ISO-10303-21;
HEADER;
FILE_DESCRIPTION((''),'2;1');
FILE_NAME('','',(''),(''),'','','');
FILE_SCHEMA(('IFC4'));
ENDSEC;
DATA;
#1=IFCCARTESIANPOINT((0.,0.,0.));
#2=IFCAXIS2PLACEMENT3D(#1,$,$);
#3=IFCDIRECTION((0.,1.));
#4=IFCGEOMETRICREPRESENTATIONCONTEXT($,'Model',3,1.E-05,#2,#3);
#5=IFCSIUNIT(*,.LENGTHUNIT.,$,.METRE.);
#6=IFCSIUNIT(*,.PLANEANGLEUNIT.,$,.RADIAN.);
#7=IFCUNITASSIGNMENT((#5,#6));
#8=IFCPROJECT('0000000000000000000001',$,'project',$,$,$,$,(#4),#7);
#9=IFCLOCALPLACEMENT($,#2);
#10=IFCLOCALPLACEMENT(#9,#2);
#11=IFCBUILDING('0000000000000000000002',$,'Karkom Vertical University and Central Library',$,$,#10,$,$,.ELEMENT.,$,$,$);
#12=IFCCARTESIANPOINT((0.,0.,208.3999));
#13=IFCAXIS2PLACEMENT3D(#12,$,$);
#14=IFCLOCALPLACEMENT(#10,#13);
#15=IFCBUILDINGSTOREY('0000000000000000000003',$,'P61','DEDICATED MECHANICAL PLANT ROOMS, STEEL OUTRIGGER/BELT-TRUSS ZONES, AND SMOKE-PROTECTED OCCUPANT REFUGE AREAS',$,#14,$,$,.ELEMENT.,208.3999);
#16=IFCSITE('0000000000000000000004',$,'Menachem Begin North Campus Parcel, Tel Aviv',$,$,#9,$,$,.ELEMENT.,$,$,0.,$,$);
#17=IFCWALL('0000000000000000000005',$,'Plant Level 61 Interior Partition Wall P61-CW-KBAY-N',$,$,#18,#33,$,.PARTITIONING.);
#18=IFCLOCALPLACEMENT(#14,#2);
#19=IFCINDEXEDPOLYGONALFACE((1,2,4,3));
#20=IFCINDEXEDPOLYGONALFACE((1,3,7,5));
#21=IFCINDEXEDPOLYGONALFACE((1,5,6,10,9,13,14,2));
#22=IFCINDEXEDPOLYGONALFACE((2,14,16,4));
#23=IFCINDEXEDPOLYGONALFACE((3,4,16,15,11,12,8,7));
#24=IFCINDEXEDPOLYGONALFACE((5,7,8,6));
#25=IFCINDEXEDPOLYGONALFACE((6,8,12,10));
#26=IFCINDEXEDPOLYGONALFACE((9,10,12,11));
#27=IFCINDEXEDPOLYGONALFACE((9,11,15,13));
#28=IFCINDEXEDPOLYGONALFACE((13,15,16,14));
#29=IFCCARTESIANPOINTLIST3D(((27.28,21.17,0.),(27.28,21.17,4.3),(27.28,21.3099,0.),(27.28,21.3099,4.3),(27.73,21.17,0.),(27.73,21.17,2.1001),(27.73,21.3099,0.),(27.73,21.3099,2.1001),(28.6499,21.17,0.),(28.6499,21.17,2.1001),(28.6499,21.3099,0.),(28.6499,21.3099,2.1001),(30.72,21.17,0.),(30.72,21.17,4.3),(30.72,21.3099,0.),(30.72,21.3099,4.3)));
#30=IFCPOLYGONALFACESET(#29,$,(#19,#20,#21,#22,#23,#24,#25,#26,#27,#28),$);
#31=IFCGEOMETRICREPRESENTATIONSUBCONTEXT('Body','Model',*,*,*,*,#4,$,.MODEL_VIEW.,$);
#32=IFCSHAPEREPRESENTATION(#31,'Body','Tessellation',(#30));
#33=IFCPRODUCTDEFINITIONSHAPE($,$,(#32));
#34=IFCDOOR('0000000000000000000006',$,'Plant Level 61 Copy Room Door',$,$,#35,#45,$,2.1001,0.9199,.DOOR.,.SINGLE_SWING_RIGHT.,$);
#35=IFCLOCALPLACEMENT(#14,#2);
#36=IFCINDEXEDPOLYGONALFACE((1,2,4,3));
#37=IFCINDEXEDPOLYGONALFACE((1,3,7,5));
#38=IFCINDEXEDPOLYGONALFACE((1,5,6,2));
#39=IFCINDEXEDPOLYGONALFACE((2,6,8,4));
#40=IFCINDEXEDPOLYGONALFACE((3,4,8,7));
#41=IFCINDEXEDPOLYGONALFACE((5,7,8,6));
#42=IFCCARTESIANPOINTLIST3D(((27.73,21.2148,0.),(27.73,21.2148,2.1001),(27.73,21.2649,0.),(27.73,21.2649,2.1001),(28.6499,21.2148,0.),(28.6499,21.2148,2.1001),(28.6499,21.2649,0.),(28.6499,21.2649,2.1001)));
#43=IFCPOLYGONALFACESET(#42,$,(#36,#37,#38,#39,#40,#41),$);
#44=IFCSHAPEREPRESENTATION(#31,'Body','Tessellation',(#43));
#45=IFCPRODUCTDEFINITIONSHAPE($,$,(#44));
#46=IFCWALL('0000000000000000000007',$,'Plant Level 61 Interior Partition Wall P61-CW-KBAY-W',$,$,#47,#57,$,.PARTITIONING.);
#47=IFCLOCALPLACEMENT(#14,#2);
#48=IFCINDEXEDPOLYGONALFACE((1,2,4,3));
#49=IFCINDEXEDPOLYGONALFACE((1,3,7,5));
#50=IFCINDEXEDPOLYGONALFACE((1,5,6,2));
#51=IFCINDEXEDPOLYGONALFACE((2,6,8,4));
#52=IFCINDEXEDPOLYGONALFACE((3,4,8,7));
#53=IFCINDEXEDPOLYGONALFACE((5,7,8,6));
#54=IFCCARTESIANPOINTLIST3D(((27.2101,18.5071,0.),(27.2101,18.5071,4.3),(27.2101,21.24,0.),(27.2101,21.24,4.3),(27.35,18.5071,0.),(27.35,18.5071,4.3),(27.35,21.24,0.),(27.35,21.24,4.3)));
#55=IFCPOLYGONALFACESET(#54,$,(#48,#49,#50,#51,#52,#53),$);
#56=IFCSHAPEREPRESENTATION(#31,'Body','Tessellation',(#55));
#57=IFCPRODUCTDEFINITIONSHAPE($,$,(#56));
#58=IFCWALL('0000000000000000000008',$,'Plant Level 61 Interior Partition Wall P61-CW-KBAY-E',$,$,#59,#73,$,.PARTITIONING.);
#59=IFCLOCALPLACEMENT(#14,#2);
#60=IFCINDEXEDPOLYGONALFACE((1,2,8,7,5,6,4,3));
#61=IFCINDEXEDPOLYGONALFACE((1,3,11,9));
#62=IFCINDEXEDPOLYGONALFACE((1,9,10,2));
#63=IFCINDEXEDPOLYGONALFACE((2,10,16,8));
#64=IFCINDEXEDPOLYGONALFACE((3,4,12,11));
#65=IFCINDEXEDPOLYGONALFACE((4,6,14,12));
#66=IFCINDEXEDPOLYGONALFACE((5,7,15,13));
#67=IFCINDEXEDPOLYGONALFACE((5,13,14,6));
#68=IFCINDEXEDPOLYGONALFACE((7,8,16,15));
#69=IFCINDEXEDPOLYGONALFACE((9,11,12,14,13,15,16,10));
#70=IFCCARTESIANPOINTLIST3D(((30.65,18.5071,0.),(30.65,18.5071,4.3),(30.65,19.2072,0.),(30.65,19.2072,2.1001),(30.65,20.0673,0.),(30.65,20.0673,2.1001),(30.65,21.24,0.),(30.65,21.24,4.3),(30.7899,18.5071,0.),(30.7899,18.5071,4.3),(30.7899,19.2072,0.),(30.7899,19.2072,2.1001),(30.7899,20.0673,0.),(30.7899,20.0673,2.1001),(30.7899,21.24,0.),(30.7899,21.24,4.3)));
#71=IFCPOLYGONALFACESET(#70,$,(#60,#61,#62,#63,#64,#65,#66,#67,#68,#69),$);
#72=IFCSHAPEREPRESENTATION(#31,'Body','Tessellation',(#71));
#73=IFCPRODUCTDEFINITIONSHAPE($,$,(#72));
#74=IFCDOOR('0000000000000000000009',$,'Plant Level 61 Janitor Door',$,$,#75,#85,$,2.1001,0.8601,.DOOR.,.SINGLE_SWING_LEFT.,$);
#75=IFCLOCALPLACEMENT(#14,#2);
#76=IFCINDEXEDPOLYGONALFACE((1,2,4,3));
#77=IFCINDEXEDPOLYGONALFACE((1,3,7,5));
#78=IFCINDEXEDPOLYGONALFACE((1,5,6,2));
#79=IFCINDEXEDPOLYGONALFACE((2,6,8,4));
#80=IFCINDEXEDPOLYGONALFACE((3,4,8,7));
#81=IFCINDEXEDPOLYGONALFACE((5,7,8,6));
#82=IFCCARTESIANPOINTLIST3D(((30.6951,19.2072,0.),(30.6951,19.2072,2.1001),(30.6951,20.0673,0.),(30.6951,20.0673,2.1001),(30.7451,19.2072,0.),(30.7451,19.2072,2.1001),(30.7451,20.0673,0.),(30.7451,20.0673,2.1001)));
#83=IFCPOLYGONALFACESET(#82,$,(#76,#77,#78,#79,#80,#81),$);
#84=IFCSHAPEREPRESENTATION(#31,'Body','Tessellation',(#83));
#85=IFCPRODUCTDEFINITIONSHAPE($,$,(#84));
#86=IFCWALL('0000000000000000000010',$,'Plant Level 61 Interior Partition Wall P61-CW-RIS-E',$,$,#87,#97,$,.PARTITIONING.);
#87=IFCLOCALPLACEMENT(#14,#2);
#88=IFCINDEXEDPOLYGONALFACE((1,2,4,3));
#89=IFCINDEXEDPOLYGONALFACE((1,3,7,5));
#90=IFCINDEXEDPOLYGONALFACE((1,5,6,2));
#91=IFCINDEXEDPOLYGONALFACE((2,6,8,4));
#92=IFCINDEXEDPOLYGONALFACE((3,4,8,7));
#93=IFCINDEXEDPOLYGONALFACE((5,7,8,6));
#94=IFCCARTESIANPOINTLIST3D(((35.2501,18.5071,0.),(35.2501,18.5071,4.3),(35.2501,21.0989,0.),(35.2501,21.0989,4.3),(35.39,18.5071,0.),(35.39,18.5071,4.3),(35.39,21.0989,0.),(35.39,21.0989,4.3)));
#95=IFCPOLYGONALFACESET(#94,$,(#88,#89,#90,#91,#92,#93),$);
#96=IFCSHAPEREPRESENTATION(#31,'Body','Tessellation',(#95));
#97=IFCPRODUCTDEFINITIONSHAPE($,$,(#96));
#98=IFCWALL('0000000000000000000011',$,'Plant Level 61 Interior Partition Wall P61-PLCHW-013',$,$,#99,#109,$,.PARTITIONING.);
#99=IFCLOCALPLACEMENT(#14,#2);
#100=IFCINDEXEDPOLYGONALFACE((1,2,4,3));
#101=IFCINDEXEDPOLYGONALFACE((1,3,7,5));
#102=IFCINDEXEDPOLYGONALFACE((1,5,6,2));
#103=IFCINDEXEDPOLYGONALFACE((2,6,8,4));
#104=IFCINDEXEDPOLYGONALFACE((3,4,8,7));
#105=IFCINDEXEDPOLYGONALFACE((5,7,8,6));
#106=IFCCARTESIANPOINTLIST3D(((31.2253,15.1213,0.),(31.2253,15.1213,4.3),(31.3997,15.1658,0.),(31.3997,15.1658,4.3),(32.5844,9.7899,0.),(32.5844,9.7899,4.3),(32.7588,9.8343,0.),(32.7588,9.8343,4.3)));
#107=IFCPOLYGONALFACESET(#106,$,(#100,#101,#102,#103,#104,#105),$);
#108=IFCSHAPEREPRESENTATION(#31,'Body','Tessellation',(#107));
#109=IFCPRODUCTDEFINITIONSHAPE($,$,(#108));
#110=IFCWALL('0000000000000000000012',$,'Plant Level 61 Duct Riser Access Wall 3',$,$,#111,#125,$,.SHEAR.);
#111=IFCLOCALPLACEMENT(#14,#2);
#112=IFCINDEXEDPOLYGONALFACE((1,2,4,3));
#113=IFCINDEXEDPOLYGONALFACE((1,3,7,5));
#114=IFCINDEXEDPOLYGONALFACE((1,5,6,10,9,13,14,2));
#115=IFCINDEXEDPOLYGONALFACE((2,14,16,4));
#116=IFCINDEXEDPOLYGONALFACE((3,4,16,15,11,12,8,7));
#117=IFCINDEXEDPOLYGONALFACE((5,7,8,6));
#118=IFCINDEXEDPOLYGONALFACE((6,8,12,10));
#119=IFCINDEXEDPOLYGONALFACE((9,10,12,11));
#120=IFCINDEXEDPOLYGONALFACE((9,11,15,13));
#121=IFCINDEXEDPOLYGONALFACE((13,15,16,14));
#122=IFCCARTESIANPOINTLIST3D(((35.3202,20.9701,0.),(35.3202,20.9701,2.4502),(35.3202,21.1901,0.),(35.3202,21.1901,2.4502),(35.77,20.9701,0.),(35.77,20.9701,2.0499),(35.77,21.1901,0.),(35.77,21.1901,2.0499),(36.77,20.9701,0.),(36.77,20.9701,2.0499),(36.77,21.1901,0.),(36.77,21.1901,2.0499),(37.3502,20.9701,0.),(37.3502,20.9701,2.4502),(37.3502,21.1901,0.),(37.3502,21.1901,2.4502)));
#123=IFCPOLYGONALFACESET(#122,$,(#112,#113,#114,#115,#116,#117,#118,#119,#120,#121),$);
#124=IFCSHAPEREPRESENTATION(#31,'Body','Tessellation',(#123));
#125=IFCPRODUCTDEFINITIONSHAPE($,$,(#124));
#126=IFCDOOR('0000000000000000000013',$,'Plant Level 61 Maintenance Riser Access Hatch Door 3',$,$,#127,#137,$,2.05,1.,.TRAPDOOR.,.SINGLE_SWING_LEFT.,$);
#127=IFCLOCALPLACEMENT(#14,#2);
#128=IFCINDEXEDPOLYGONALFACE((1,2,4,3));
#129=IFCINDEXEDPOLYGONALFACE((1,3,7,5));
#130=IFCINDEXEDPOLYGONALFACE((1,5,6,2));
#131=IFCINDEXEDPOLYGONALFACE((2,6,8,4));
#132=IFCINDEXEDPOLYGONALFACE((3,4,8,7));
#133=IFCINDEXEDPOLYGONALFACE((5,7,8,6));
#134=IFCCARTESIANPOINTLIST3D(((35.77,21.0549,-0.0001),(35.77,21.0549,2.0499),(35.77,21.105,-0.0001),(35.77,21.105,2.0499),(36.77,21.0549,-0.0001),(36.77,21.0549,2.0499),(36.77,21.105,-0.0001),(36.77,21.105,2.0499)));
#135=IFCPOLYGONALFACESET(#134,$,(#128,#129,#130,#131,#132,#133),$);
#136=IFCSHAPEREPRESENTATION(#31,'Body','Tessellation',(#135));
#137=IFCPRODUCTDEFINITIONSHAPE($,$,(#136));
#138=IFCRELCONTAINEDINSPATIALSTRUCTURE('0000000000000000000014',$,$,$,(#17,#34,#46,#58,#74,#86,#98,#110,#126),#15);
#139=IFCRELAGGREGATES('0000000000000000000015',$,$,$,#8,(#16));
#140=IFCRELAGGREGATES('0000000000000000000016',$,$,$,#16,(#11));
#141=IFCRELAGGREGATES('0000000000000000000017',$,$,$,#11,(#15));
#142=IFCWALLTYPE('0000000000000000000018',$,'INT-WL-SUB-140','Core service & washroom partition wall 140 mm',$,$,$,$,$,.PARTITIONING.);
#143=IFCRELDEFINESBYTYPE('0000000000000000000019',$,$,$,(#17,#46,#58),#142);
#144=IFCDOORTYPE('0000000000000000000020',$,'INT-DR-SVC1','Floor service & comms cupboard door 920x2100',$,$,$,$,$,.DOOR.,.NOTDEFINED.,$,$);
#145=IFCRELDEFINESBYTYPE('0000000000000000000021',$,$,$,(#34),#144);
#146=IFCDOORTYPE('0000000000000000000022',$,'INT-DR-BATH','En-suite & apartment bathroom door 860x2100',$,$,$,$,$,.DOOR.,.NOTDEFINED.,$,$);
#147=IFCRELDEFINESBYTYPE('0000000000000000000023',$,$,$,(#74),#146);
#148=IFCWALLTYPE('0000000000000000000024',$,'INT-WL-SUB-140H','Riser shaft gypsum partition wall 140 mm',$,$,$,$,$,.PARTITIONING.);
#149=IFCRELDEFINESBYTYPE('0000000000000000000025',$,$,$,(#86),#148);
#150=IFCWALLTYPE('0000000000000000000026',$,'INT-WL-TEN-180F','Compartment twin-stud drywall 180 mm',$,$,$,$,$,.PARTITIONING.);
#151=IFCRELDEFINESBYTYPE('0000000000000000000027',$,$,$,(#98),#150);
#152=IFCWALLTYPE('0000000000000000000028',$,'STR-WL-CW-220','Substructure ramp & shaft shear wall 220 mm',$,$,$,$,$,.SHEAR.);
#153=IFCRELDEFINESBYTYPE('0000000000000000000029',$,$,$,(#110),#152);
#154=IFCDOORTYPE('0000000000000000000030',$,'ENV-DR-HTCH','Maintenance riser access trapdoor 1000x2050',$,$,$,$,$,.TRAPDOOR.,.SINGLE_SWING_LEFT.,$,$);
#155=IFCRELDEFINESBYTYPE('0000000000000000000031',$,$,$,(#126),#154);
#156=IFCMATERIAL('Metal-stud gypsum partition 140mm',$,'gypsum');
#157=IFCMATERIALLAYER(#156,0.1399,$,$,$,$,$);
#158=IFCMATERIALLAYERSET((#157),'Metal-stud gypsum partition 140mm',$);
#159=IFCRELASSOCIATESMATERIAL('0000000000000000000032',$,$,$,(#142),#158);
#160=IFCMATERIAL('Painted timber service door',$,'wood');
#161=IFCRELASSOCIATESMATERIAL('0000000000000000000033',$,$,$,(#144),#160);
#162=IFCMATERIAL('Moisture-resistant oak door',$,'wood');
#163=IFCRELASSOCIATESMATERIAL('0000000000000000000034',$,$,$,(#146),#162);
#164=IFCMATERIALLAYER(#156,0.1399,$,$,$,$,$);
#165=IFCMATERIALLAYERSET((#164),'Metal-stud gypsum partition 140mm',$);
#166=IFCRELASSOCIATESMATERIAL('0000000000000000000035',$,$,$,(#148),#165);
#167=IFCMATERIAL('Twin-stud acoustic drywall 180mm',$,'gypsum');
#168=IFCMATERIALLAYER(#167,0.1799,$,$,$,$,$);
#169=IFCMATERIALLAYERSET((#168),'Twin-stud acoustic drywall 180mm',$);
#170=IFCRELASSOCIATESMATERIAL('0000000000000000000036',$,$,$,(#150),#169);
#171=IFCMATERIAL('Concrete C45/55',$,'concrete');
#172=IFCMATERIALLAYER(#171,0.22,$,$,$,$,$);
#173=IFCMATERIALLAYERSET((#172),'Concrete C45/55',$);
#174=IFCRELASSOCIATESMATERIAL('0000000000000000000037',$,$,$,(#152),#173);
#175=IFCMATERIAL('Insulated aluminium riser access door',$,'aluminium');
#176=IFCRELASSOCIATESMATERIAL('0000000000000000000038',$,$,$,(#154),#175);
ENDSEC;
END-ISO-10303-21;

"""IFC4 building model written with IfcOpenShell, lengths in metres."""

from ifc_helpers import new_model, si_unit, direction, frame, frame_2d, origin, origin_with_axes, place, context, subcontext, project, spatial, rectangle, extrude, source, transform, mapped, material, layer, layer_set, type_object, element, fill, save


model = new_model("IFC4")

# Units and contexts
model_context = context("Model", 3, precision=1e-05, world=origin(), true_north=direction((0.0, 1.0)))
body_context = subcontext(model_context, "Body", "Model", "MODEL_VIEW")
ifc_project = project(units=[si_unit("LENGTHUNIT", "METRE"), si_unit("PLANEANGLEUNIT", "RADIAN")], contexts=[model_context])

# Site, building, storey
site_placement = place(None, origin())
site = spatial("IfcSite", under=ifc_project, at=site_placement, Name="Menachem Begin North Campus Parcel, Tel Aviv", CompositionType="ELEMENT", RefElevation=0.0)
building_placement = place(site_placement, origin())
building = spatial("IfcBuilding", under=site, at=building_placement, Name="Karkom Vertical University and Central Library", CompositionType="ELEMENT")
storey_placement = place(building_placement, frame((0.0, 0.0, 208.3999)))
storey = spatial("IfcBuildingStorey", under=building, at=storey_placement, Name="P61", Description="DEDICATED MECHANICAL PLANT ROOMS, STEEL OUTRIGGER/BELT-TRUSS ZONES, AND SMOKE-PROTECTED OCCUPANT REFUGE AREAS", CompositionType="ELEMENT", Elevation=208.3999)

# Wall, opening, door
ifc_material_1 = material(Name="Metal-stud gypsum partition 140mm", Category="gypsum")
ifc_layer_1 = layer(ifc_material_1, 0.1399)
ifc_layer_set_1 = layer_set([ifc_layer_1], Name="Metal-stud gypsum partition 140mm")
wall_type_1 = type_object("IfcWallType", Name="INT-WL-SUB-140", Description="Core service & washroom partition wall 140 mm", PredefinedType="PARTITIONING", material=ifc_layer_set_1)
wall_1_placement = place(storey_placement, frame((27.28, 21.24, 0.0), z_axis=(0.0, 0.0, 1.0), x_axis=(1.0, 0.0, 0.0)))
wall_1 = element("IfcWall", 1, at=wall_1_placement, inside=storey, type_object=wall_type_1, Name="Plant Level 61 Interior Partition Wall P61-CW-KBAY-N", PredefinedType="PARTITIONING", context=body_context, shape_type="SweptSolid", body=[
    extrude(rectangle(XDim=3.4399, YDim=0.1399, at=frame_2d((1.72, 0.0))), origin(), (0.0, 0.0, 1.0), 4.3),
])
opening_1_placement = place(wall_1_placement, frame((0.45, 0.0, 0.0)))
opening_1 = element("IfcOpeningElement", 2, at=opening_1_placement, cuts=wall_1, PredefinedType="OPENING", context=body_context, shape_type="SweptSolid", body=[
    extrude(rectangle(XDim=0.9199, YDim=2.1001, at=frame_2d((0.46, 1.05))), frame((0.0, 0.0801, 0.0), z_axis=(0.0, -1.0, 0.0), x_axis=(1.0, 0.0, 0.0)), (0.0, 0.0, 1.0), 0.1599),
])
ifc_material_2 = material(Name="Painted timber service door", Category="wood")
door_type_1 = type_object("IfcDoorType", Name="INT-DR-SVC1", Description="Floor service & comms cupboard door 920x2100", OperationType="NOTDEFINED", PredefinedType="DOOR", material=ifc_material_2)
shared_shape_1 = source(origin_with_axes(), body_context, "Body", "SweptSolid", [
    extrude(rectangle(XDim=0.9199, YDim=2.1001, at=frame_2d((0.46, 1.05))), frame((0.0, 0.0249, 0.0), z_axis=(0.0, -1.0, 0.0), x_axis=(1.0, 0.0, 0.0)), (0.0, 0.0, 1.0), 0.05),
])
door_1_placement = place(opening_1_placement, origin())
door_1 = element("IfcDoor", 3, at=door_1_placement, inside=storey, type_object=door_type_1, Name="Plant Level 61 Copy Room Door", OperationType="SINGLE_SWING_RIGHT", OverallHeight=2.1001, OverallWidth=0.9199, PredefinedType="DOOR", context=body_context, shape_type="MappedRepresentation", body=[
    mapped(shared_shape_1, transform((0.0, 0.0, 0.0), scale=1.0)),
])
fill(opening_1, door_1)

# Wall
wall_2_placement = place(storey_placement, frame((27.28, 18.5071, 0.0), z_axis=(0.0, 0.0, 1.0), x_axis=(0.0, 1.0, 0.0)))
element("IfcWall", 4, at=wall_2_placement, inside=storey, type_object=wall_type_1, Name="Plant Level 61 Interior Partition Wall P61-CW-KBAY-W", PredefinedType="PARTITIONING", context=body_context, shape_type="SweptSolid", body=[
    extrude(rectangle(XDim=2.7329, YDim=0.1399, at=frame_2d((1.3665, 0.0))), origin(), (0.0, 0.0, 1.0), 4.3),
])

# Wall, opening, door
wall_3_placement = place(storey_placement, frame((30.72, 18.5071, 0.0), z_axis=(0.0, 0.0, 1.0), x_axis=(0.0, 1.0, 0.0)))
wall_3 = element("IfcWall", 5, at=wall_3_placement, inside=storey, type_object=wall_type_1, Name="Plant Level 61 Interior Partition Wall P61-CW-KBAY-E", PredefinedType="PARTITIONING", context=body_context, shape_type="SweptSolid", body=[
    extrude(rectangle(XDim=2.7329, YDim=0.1399, at=frame_2d((1.3665, 0.0))), origin(), (0.0, 0.0, 1.0), 4.3),
])
opening_2_placement = place(wall_3_placement, frame((0.7, 0.0, 0.0)))
opening_2 = element("IfcOpeningElement", 6, at=opening_2_placement, cuts=wall_3, PredefinedType="OPENING", context=body_context, shape_type="SweptSolid", body=[
    extrude(rectangle(XDim=0.8601, YDim=2.1001, at=frame_2d((0.4302, 1.05))), frame((0.0, 0.0801, 0.0), z_axis=(0.0, -1.0, 0.0), x_axis=(1.0, 0.0, 0.0)), (0.0, 0.0, 1.0), 0.1599),
])
ifc_material_3 = material(Name="Moisture-resistant oak door", Category="wood")
door_type_2 = type_object("IfcDoorType", Name="INT-DR-BATH", Description="En-suite & apartment bathroom door 860x2100", OperationType="NOTDEFINED", PredefinedType="DOOR", material=ifc_material_3)
shared_shape_2 = source(origin_with_axes(), body_context, "Body", "SweptSolid", [
    extrude(rectangle(XDim=0.8601, YDim=2.1001, at=frame_2d((0.4302, 1.05))), frame((0.0, 0.0249, 0.0), z_axis=(0.0, -1.0, 0.0), x_axis=(1.0, 0.0, 0.0)), (0.0, 0.0, 1.0), 0.05),
])
door_2_placement = place(opening_2_placement, origin())
door_2 = element("IfcDoor", 7, at=door_2_placement, inside=storey, type_object=door_type_2, Name="Plant Level 61 Janitor Door", OperationType="SINGLE_SWING_LEFT", OverallHeight=2.1001, OverallWidth=0.8601, PredefinedType="DOOR", context=body_context, shape_type="MappedRepresentation", body=[
    mapped(shared_shape_2, transform((0.0, 0.0, 0.0), scale=1.0)),
])
fill(opening_2, door_2)

# Walls
ifc_layer_2 = layer(ifc_material_1, 0.1399)
ifc_layer_set_2 = layer_set([ifc_layer_2], Name="Metal-stud gypsum partition 140mm")
wall_type_2 = type_object("IfcWallType", Name="INT-WL-SUB-140H", Description="Riser shaft gypsum partition wall 140 mm", PredefinedType="PARTITIONING", material=ifc_layer_set_2)
wall_4_placement = place(storey_placement, frame((35.3201, 18.5071, 0.0), z_axis=(0.0, 0.0, 1.0), x_axis=(0.0, 1.0, 0.0)))
element("IfcWall", 8, at=wall_4_placement, inside=storey, type_object=wall_type_2, Name="Plant Level 61 Interior Partition Wall P61-CW-RIS-E", PredefinedType="PARTITIONING", context=body_context, shape_type="SweptSolid", body=[
    extrude(rectangle(XDim=2.5918, YDim=0.1399, at=frame_2d((1.2959, 0.0))), origin(), (0.0, 0.0, 1.0), 4.3),
])
ifc_material_4 = material(Name="Twin-stud acoustic drywall 180mm", Category="gypsum")
ifc_layer_3 = layer(ifc_material_4, 0.1799)
ifc_layer_set_3 = layer_set([ifc_layer_3], Name="Twin-stud acoustic drywall 180mm")
wall_type_3 = type_object("IfcWallType", Name="INT-WL-TEN-180F", Description="Compartment twin-stud drywall 180 mm", PredefinedType="PARTITIONING", material=ifc_layer_set_3)
wall_5_placement = place(storey_placement, frame((31.3125, 15.1436, 0.0), z_axis=(0.0, 0.0, 1.0), x_axis=(0.247022, -0.96901, 0.0)))
element("IfcWall", 9, at=wall_5_placement, inside=storey, type_object=wall_type_3, Name="Plant Level 61 Interior Partition Wall P61-PLCHW-013", PredefinedType="PARTITIONING", context=body_context, shape_type="SweptSolid", body=[
    extrude(rectangle(XDim=5.502, YDim=0.1799, at=frame_2d((2.751, 0.0))), origin(), (0.0, 0.0, 1.0), 4.3),
])

# Wall, opening, door
ifc_material_5 = material(Name="Concrete C45/55", Category="concrete")
ifc_layer_4 = layer(ifc_material_5, 0.22)
ifc_layer_set_4 = layer_set([ifc_layer_4], Name="Concrete C45/55")
wall_type_4 = type_object("IfcWallType", Name="STR-WL-CW-220", Description="Substructure ramp & shaft shear wall 220 mm", PredefinedType="SHEAR", material=ifc_layer_set_4)
wall_6_placement = place(storey_placement, frame((35.3201, 21.0801, 0.0), z_axis=(0.0, 0.0, 1.0), x_axis=(1.0, 0.0, 0.0)))
wall_6 = element("IfcWall", 10, at=wall_6_placement, inside=storey, type_object=wall_type_4, Name="Plant Level 61 Duct Riser Access Wall 3", PredefinedType="SHEAR", context=body_context, shape_type="SweptSolid", body=[
    extrude(rectangle(XDim=2.03, YDim=0.22, at=frame_2d((1.0151, 0.0))), origin(), (0.0, 0.0, 1.0), 2.4502),
])
opening_3_placement = place(wall_6_placement, frame((0.45, 0.0, 0.0)))
opening_3 = element("IfcOpeningElement", 11, at=opening_3_placement, cuts=wall_6, PredefinedType="OPENING", context=body_context, shape_type="SweptSolid", body=[
    extrude(rectangle(XDim=1.0, YDim=2.05, at=frame_2d((0.5, 1.0249))), frame((0.0, 0.1201, 0.0), z_axis=(0.0, -1.0, 0.0), x_axis=(1.0, 0.0, 0.0)), (0.0, 0.0, 1.0), 0.24),
])
ifc_material_6 = material(Name="Insulated aluminium riser access door", Category="aluminium")
door_type_3 = type_object("IfcDoorType", Name="ENV-DR-HTCH", Description="Maintenance riser access trapdoor 1000x2050", OperationType="SINGLE_SWING_LEFT", PredefinedType="TRAPDOOR", material=ifc_material_6)
shared_shape_3 = source(origin_with_axes(), body_context, "Body", "SweptSolid", [
    extrude(rectangle(XDim=1.0, YDim=2.05, at=frame_2d((0.5, 1.0249))), frame((0.0, 0.0249, 0.0), z_axis=(0.0, -1.0, 0.0), x_axis=(1.0, 0.0, 0.0)), (0.0, 0.0, 1.0), 0.05),
])
door_3_placement = place(opening_3_placement, origin())
door_3 = element("IfcDoor", 12, at=door_3_placement, inside=storey, type_object=door_type_3, Name="Plant Level 61 Maintenance Riser Access Hatch Door 3", OperationType="SINGLE_SWING_LEFT", OverallHeight=2.05, OverallWidth=1.0, PredefinedType="TRAPDOOR", context=body_context, shape_type="MappedRepresentation", body=[
    mapped(shared_shape_3, transform((0.0, 0.0, 0.0), scale=1.0)),
])
fill(opening_3, door_3)

save(model, "model.ifc")
